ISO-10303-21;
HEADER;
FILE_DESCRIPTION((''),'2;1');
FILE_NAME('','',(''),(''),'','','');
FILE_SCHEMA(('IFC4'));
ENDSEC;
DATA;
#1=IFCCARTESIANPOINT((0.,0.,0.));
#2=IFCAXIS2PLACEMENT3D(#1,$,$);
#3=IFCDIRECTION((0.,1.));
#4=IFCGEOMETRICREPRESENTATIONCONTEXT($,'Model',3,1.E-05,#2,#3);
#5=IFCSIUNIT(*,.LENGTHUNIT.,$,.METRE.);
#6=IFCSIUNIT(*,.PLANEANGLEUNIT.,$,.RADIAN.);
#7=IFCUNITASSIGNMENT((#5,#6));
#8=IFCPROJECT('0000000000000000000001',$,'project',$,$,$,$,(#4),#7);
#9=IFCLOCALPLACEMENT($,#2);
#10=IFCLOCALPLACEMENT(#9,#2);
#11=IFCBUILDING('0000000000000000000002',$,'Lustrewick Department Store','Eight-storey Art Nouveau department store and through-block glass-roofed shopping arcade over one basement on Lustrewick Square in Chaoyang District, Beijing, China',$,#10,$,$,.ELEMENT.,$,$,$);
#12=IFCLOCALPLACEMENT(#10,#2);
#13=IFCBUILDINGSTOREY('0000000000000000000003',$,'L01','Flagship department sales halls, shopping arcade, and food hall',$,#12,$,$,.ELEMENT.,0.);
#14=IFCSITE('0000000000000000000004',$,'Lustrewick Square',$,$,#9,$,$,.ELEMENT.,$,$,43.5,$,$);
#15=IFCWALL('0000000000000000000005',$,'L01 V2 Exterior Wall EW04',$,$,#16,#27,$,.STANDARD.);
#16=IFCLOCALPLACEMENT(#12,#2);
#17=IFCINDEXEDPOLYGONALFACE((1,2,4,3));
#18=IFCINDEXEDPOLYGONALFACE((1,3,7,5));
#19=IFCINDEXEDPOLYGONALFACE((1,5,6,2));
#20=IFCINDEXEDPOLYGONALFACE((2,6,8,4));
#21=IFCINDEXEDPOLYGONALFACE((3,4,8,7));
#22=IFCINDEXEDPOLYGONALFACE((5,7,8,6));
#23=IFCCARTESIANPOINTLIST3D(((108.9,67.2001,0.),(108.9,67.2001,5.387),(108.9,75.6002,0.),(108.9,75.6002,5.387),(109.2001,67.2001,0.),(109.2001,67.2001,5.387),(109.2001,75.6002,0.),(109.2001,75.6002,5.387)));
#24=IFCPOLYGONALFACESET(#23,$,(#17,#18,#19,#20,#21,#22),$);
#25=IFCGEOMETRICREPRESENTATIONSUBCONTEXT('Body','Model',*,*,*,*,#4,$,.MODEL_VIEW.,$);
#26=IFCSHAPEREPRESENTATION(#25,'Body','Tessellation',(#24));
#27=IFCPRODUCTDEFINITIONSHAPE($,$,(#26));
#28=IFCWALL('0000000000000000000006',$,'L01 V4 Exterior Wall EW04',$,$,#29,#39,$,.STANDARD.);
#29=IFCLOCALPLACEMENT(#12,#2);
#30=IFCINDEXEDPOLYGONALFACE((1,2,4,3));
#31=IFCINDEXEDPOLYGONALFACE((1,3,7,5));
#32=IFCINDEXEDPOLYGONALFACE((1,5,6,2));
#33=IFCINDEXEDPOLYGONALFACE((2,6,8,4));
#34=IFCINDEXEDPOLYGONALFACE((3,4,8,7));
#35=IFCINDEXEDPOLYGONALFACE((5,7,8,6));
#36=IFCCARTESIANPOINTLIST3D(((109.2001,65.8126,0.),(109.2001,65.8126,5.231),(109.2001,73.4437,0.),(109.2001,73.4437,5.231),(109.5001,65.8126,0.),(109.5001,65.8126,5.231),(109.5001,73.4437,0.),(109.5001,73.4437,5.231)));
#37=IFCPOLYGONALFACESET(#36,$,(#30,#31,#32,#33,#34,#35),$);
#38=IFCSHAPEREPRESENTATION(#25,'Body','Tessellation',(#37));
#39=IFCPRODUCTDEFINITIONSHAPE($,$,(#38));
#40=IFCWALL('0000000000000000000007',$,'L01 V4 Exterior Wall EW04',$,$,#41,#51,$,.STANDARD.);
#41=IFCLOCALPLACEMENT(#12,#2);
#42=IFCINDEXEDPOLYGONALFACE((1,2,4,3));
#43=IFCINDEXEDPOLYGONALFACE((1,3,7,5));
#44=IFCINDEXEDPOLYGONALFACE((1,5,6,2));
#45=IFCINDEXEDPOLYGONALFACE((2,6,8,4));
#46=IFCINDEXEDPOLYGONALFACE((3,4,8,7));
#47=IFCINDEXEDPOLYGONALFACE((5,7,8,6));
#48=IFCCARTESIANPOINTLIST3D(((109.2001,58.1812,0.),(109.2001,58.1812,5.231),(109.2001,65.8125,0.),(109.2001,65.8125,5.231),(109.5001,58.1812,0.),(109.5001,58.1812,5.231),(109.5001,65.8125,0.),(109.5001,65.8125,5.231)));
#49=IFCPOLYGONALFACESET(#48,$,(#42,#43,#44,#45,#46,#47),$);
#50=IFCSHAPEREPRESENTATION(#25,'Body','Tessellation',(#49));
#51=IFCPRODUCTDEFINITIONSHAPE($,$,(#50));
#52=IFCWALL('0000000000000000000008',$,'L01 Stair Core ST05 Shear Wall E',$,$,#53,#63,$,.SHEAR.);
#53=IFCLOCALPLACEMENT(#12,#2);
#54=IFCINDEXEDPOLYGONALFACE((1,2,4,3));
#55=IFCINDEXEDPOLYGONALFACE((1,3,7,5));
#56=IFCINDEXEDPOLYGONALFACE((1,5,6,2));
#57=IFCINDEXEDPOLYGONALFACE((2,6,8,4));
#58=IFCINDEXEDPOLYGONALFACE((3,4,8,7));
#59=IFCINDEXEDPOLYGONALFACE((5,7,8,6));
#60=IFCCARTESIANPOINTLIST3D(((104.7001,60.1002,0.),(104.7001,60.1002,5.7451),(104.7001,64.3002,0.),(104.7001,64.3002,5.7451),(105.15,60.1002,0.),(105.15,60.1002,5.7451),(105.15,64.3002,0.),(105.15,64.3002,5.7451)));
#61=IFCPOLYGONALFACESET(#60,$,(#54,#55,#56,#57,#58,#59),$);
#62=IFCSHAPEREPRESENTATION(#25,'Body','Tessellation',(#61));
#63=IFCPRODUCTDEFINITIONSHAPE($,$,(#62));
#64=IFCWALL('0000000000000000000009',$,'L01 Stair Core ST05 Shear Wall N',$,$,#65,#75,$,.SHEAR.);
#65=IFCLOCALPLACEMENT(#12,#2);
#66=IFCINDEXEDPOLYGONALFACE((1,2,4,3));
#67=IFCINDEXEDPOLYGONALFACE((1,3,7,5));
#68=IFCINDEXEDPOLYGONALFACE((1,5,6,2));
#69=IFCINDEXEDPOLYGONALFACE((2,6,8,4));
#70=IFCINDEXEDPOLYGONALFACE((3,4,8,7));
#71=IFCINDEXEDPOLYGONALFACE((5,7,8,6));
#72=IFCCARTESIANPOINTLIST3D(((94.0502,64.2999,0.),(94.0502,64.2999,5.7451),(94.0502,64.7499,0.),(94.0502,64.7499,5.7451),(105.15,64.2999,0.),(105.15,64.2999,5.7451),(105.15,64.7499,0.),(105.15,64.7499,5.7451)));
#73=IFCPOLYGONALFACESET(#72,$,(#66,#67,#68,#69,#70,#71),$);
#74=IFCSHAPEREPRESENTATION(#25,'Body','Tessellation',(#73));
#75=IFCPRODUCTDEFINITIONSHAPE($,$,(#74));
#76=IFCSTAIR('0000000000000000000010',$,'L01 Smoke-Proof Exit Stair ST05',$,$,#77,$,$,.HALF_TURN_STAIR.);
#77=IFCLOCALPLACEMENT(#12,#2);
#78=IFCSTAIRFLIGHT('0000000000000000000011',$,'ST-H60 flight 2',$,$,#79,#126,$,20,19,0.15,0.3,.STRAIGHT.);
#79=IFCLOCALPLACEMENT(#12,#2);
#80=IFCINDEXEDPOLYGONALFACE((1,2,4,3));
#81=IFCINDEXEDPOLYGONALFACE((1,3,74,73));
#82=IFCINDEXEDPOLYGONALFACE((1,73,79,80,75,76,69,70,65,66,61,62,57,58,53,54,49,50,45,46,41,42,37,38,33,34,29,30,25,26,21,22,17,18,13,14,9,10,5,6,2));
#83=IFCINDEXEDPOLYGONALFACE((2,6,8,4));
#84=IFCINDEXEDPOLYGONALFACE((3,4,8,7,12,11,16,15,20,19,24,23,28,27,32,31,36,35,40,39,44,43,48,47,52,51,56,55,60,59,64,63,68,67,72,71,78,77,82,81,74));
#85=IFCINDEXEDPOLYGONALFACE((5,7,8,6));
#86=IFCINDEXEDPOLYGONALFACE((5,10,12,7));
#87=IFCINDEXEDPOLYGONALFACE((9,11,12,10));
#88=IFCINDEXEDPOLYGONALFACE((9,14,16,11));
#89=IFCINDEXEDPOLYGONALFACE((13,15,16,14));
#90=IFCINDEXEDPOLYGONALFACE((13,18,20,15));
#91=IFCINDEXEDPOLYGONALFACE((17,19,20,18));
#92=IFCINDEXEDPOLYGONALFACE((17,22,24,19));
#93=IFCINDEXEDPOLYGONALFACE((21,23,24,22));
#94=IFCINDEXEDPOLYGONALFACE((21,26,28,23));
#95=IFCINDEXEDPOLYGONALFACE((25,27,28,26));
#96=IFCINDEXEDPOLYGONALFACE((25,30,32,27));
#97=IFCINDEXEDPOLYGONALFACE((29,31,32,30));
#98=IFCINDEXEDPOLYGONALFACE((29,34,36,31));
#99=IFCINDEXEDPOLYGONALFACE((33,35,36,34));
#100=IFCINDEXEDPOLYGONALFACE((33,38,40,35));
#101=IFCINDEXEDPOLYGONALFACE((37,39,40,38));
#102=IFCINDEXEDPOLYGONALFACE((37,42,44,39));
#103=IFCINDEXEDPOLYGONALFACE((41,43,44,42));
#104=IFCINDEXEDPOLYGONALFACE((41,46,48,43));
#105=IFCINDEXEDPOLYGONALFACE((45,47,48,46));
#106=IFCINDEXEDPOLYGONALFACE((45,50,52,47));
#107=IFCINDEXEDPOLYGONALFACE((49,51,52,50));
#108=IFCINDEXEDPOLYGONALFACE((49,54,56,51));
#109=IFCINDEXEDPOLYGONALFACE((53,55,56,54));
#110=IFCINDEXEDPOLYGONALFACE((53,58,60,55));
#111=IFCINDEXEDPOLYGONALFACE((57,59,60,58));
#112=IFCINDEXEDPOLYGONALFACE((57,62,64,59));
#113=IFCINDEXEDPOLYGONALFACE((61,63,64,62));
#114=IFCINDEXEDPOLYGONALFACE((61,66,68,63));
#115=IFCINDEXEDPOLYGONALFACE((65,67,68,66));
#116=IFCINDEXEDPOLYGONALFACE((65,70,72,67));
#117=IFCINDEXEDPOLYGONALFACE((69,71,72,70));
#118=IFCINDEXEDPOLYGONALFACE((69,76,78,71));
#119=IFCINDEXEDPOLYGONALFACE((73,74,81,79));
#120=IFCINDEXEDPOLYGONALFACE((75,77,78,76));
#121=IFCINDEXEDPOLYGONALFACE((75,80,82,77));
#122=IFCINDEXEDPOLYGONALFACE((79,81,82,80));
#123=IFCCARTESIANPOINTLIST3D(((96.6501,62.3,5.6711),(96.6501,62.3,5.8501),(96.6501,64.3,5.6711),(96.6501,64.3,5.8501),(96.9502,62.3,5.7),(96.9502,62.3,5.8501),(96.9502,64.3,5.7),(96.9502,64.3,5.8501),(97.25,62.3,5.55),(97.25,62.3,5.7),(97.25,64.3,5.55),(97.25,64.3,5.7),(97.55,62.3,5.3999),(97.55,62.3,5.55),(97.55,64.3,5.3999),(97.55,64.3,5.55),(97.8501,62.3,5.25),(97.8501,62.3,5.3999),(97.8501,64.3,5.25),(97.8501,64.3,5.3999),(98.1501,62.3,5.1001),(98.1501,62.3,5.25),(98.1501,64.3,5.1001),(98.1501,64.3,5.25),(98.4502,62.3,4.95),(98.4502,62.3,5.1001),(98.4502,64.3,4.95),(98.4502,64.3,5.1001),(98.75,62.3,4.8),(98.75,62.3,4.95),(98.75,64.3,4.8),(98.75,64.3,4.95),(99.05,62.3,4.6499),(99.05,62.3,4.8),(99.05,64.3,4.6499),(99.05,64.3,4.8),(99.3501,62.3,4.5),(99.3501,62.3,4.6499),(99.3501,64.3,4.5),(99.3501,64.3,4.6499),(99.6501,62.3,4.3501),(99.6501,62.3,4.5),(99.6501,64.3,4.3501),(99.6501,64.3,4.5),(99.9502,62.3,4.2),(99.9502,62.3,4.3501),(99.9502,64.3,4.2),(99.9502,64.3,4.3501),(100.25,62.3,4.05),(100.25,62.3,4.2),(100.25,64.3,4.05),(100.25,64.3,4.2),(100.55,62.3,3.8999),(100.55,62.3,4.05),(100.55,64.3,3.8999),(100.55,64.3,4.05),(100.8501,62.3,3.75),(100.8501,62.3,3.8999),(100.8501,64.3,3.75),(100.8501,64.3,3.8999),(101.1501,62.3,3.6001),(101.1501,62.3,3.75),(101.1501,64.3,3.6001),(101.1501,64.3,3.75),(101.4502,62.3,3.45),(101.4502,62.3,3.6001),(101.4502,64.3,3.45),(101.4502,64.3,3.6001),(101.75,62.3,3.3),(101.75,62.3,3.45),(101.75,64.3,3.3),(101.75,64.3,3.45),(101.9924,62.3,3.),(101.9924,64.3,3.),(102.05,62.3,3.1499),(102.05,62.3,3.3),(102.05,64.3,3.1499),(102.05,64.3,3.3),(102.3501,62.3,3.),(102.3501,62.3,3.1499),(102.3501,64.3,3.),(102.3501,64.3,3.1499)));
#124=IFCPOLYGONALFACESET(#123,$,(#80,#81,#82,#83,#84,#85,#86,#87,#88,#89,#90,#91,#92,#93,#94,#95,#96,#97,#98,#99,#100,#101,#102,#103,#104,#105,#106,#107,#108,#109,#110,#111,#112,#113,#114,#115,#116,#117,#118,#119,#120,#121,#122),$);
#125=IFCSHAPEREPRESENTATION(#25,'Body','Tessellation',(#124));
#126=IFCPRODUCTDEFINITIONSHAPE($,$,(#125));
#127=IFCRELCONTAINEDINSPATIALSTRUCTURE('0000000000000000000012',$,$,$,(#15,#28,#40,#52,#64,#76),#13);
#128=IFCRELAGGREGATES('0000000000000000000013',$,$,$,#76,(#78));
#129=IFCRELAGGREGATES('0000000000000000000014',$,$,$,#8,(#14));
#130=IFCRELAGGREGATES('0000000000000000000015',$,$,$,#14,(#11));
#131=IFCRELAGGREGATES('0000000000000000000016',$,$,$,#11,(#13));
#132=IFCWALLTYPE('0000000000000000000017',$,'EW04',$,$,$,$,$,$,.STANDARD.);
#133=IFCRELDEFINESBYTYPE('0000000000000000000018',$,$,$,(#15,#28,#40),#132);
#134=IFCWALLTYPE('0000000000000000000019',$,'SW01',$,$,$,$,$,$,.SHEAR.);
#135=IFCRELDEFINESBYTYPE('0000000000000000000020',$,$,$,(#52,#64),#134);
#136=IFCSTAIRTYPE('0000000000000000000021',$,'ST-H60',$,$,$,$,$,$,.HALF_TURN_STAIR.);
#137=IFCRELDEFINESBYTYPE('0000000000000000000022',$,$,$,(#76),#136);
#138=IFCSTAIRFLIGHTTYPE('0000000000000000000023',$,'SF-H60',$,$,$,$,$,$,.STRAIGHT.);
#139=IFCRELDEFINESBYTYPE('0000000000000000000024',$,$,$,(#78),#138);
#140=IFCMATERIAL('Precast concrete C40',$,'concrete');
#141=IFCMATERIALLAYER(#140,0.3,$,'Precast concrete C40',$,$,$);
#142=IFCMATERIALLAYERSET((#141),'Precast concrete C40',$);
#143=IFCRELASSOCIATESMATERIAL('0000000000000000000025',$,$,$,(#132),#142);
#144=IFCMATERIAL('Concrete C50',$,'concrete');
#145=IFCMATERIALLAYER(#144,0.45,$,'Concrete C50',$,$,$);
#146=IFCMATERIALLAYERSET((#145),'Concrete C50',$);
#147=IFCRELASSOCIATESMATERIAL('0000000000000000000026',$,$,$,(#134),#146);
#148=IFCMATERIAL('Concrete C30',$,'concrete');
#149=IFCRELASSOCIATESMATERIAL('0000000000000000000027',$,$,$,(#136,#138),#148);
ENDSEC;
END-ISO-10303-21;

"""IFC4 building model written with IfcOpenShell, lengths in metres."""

from ifc_helpers import new_model, si_unit, direction, frame, frame_2d, origin, place, context, subcontext, project, spatial, polyline, rectangle, outline, extrude, material, layer, layer_set, type_object, element, aggregate, save


model = new_model("IFC4")

# Units and contexts
model_context = context("Model", 3, precision=1e-05, world=origin(), true_north=direction((0.0, 1.0)))
body_context = subcontext(model_context, "Body", "Model", "MODEL_VIEW")
ifc_project = project(units=[si_unit("LENGTHUNIT", "METRE"), si_unit("PLANEANGLEUNIT", "RADIAN")], contexts=[model_context])

# Site, building, storey
site_placement = place(None, origin())
site = spatial("IfcSite", under=ifc_project, at=site_placement, Name="Lustrewick Square", CompositionType="ELEMENT", RefElevation=43.5)
building_placement = place(site_placement, origin())
building = spatial("IfcBuilding", under=site, at=building_placement, Name="Lustrewick Department Store", Description="Eight-storey Art Nouveau department store and through-block glass-roofed shopping arcade over one basement on Lustrewick Square in Chaoyang District, Beijing, China", CompositionType="ELEMENT")
storey_placement = place(building_placement, origin())
storey = spatial("IfcBuildingStorey", under=building, at=storey_placement, Name="L01", Description="Flagship department sales halls, shopping arcade, and food hall", CompositionType="ELEMENT", Elevation=0.0)

# Walls
ifc_material_1 = material(Name="Precast concrete C40", Category="concrete")
ifc_layer_1 = layer(ifc_material_1, 0.3, Name="Precast concrete C40")
ifc_layer_set_1 = layer_set([ifc_layer_1], Name="Precast concrete C40")
wall_type_1 = type_object("IfcWallType", Name="EW04", PredefinedType="STANDARD", material=ifc_layer_set_1)
wall_1_placement = place(storey_placement, frame((109.05, 67.2, 0.0), z_axis=(0.0, 0.0, 1.0), x_axis=(0.0, 1.0, 0.0)))
element("IfcWall", 1, at=wall_1_placement, inside=storey, type_object=wall_type_1, Name="L01 V2 Exterior Wall EW04", PredefinedType="STANDARD", context=body_context, shape_type="SweptSolid", body=[
    extrude(rectangle(XDim=8.4001, YDim=0.3, at=frame_2d((4.2002, 0.0))), origin(), (0.0, 0.0, 1.0), 5.387),
])
wall_2_placement = place(storey_placement, frame((109.3501, 73.4436, 0.0), z_axis=(0.0, 0.0, 1.0), x_axis=(0.0, -1.0, 0.0)))
element("IfcWall", 2, at=wall_2_placement, inside=storey, type_object=wall_type_1, Name="L01 V4 Exterior Wall EW04", PredefinedType="STANDARD", context=body_context, shape_type="SweptSolid", body=[
    extrude(rectangle(XDim=7.6311, YDim=0.3, at=frame_2d((3.8154, 0.0))), origin(), (0.0, 0.0, 1.0), 5.231),
])
wall_3_placement = place(storey_placement, frame((109.3501, 65.8125, 0.0), z_axis=(0.0, 0.0, 1.0), x_axis=(0.0, -1.0, 0.0)))
element("IfcWall", 3, at=wall_3_placement, inside=storey, type_object=wall_type_1, Name="L01 V4 Exterior Wall EW04", PredefinedType="STANDARD", context=body_context, shape_type="SweptSolid", body=[
    extrude(rectangle(XDim=7.6313, YDim=0.3, at=frame_2d((3.8157, 0.0))), origin(), (0.0, 0.0, 1.0), 5.231),
])
ifc_material_2 = material(Name="Concrete C50", Category="concrete")
ifc_layer_2 = layer(ifc_material_2, 0.45, Name="Concrete C50")
ifc_layer_set_2 = layer_set([ifc_layer_2], Name="Concrete C50")
wall_type_2 = type_object("IfcWallType", Name="SW01", PredefinedType="SHEAR", material=ifc_layer_set_2)
wall_4_placement = place(storey_placement, frame((104.925, 60.1001, 0.0), z_axis=(0.0, 0.0, 1.0), x_axis=(0.0, 1.0, 0.0)))
element("IfcWall", 4, at=wall_4_placement, inside=storey, type_object=wall_type_2, Name="L01 Stair Core ST05 Shear Wall E", PredefinedType="SHEAR", context=body_context, shape_type="SweptSolid", body=[
    extrude(rectangle(XDim=4.2, YDim=0.45, at=frame_2d((2.1001, 0.0))), origin(), (0.0, 0.0, 1.0), 5.7451),
])
wall_5_placement = place(storey_placement, frame((105.1499, 64.5249, 0.0), z_axis=(0.0, 0.0, 1.0), x_axis=(-1.0, 0.0, 0.0)))
element("IfcWall", 5, at=wall_5_placement, inside=storey, type_object=wall_type_2, Name="L01 Stair Core ST05 Shear Wall N", PredefinedType="SHEAR", context=body_context, shape_type="SweptSolid", body=[
    extrude(rectangle(XDim=11.0999, YDim=0.45, at=frame_2d((5.5498, 0.0))), origin(), (0.0, 0.0, 1.0), 5.7451),
])

# Stair, stair flight
ifc_material_3 = material(Name="Concrete C30", Category="concrete")
stair_type = type_object("IfcStairType", Name="ST-H60", PredefinedType="HALF_TURN_STAIR", material=ifc_material_3)
stair_placement = place(storey_placement, origin())
stair = element("IfcStair", 6, at=stair_placement, inside=storey, type_object=stair_type, Name="L01 Smoke-Proof Exit Stair ST05", PredefinedType="HALF_TURN_STAIR")
stair_flight_type = type_object("IfcStairFlightType", Name="SF-H60", PredefinedType="STRAIGHT", material=ifc_material_3)
stair_flight_placement = place(storey_placement, frame((102.3501, 63.3, 3.0), z_axis=(0.0, 0.0, 1.0), x_axis=(-1.0, 0.0, 0.0)))
stair_flight = element("IfcStairFlight", 7, at=stair_flight_placement, type_object=stair_flight_type, Name="ST-H60 flight 2", NumberOfRisers=20, NumberOfTreads=19, PredefinedType="STRAIGHT", RiserHeight=0.15, TreadLength=0.3, context=body_context, shape_type="SweptSolid", body=[
    extrude(outline(polyline([(0.0, 0.0), (0.0, 0.1499), (0.3, 0.1499), (0.3, 0.3), (0.6001, 0.3), (0.6001, 0.45), (0.8999, 0.45), (0.8999, 0.6001), (1.2, 0.6001), (1.2, 0.75), (1.5, 0.75), (1.5, 0.8999), (1.8, 0.8999), (1.8, 1.05), (2.1001, 1.05), (2.1001, 1.2), (2.3999, 1.2), (2.3999, 1.3501), (2.7, 1.3501), (2.7, 1.5), (3.0, 1.5), (3.0, 1.6499), (3.3, 1.6499), (3.3, 1.8), (3.6001, 1.8), (3.6001, 1.95), (3.8999, 1.95), (3.8999, 2.1001), (4.2, 2.1001), (4.2, 2.25), (4.5, 2.25), (4.5, 2.3999), (4.8, 2.3999), (4.8, 2.55), (5.1001, 2.55), (5.1001, 2.7), (5.3999, 2.7), (5.3999, 2.8501), (5.7, 2.8501), (5.7, 3.0), (5.7, 2.6711), (0.3577, 0.0), (0.0, 0.0)])), frame((0.0, 1.0, 0.0), z_axis=(0.0, -1.0, 0.0), x_axis=(1.0, 0.0, 0.0)), (0.0, 0.0, 1.0), 2.0),
])
aggregate(stair, [stair_flight])

save(model, "model.ifc")
